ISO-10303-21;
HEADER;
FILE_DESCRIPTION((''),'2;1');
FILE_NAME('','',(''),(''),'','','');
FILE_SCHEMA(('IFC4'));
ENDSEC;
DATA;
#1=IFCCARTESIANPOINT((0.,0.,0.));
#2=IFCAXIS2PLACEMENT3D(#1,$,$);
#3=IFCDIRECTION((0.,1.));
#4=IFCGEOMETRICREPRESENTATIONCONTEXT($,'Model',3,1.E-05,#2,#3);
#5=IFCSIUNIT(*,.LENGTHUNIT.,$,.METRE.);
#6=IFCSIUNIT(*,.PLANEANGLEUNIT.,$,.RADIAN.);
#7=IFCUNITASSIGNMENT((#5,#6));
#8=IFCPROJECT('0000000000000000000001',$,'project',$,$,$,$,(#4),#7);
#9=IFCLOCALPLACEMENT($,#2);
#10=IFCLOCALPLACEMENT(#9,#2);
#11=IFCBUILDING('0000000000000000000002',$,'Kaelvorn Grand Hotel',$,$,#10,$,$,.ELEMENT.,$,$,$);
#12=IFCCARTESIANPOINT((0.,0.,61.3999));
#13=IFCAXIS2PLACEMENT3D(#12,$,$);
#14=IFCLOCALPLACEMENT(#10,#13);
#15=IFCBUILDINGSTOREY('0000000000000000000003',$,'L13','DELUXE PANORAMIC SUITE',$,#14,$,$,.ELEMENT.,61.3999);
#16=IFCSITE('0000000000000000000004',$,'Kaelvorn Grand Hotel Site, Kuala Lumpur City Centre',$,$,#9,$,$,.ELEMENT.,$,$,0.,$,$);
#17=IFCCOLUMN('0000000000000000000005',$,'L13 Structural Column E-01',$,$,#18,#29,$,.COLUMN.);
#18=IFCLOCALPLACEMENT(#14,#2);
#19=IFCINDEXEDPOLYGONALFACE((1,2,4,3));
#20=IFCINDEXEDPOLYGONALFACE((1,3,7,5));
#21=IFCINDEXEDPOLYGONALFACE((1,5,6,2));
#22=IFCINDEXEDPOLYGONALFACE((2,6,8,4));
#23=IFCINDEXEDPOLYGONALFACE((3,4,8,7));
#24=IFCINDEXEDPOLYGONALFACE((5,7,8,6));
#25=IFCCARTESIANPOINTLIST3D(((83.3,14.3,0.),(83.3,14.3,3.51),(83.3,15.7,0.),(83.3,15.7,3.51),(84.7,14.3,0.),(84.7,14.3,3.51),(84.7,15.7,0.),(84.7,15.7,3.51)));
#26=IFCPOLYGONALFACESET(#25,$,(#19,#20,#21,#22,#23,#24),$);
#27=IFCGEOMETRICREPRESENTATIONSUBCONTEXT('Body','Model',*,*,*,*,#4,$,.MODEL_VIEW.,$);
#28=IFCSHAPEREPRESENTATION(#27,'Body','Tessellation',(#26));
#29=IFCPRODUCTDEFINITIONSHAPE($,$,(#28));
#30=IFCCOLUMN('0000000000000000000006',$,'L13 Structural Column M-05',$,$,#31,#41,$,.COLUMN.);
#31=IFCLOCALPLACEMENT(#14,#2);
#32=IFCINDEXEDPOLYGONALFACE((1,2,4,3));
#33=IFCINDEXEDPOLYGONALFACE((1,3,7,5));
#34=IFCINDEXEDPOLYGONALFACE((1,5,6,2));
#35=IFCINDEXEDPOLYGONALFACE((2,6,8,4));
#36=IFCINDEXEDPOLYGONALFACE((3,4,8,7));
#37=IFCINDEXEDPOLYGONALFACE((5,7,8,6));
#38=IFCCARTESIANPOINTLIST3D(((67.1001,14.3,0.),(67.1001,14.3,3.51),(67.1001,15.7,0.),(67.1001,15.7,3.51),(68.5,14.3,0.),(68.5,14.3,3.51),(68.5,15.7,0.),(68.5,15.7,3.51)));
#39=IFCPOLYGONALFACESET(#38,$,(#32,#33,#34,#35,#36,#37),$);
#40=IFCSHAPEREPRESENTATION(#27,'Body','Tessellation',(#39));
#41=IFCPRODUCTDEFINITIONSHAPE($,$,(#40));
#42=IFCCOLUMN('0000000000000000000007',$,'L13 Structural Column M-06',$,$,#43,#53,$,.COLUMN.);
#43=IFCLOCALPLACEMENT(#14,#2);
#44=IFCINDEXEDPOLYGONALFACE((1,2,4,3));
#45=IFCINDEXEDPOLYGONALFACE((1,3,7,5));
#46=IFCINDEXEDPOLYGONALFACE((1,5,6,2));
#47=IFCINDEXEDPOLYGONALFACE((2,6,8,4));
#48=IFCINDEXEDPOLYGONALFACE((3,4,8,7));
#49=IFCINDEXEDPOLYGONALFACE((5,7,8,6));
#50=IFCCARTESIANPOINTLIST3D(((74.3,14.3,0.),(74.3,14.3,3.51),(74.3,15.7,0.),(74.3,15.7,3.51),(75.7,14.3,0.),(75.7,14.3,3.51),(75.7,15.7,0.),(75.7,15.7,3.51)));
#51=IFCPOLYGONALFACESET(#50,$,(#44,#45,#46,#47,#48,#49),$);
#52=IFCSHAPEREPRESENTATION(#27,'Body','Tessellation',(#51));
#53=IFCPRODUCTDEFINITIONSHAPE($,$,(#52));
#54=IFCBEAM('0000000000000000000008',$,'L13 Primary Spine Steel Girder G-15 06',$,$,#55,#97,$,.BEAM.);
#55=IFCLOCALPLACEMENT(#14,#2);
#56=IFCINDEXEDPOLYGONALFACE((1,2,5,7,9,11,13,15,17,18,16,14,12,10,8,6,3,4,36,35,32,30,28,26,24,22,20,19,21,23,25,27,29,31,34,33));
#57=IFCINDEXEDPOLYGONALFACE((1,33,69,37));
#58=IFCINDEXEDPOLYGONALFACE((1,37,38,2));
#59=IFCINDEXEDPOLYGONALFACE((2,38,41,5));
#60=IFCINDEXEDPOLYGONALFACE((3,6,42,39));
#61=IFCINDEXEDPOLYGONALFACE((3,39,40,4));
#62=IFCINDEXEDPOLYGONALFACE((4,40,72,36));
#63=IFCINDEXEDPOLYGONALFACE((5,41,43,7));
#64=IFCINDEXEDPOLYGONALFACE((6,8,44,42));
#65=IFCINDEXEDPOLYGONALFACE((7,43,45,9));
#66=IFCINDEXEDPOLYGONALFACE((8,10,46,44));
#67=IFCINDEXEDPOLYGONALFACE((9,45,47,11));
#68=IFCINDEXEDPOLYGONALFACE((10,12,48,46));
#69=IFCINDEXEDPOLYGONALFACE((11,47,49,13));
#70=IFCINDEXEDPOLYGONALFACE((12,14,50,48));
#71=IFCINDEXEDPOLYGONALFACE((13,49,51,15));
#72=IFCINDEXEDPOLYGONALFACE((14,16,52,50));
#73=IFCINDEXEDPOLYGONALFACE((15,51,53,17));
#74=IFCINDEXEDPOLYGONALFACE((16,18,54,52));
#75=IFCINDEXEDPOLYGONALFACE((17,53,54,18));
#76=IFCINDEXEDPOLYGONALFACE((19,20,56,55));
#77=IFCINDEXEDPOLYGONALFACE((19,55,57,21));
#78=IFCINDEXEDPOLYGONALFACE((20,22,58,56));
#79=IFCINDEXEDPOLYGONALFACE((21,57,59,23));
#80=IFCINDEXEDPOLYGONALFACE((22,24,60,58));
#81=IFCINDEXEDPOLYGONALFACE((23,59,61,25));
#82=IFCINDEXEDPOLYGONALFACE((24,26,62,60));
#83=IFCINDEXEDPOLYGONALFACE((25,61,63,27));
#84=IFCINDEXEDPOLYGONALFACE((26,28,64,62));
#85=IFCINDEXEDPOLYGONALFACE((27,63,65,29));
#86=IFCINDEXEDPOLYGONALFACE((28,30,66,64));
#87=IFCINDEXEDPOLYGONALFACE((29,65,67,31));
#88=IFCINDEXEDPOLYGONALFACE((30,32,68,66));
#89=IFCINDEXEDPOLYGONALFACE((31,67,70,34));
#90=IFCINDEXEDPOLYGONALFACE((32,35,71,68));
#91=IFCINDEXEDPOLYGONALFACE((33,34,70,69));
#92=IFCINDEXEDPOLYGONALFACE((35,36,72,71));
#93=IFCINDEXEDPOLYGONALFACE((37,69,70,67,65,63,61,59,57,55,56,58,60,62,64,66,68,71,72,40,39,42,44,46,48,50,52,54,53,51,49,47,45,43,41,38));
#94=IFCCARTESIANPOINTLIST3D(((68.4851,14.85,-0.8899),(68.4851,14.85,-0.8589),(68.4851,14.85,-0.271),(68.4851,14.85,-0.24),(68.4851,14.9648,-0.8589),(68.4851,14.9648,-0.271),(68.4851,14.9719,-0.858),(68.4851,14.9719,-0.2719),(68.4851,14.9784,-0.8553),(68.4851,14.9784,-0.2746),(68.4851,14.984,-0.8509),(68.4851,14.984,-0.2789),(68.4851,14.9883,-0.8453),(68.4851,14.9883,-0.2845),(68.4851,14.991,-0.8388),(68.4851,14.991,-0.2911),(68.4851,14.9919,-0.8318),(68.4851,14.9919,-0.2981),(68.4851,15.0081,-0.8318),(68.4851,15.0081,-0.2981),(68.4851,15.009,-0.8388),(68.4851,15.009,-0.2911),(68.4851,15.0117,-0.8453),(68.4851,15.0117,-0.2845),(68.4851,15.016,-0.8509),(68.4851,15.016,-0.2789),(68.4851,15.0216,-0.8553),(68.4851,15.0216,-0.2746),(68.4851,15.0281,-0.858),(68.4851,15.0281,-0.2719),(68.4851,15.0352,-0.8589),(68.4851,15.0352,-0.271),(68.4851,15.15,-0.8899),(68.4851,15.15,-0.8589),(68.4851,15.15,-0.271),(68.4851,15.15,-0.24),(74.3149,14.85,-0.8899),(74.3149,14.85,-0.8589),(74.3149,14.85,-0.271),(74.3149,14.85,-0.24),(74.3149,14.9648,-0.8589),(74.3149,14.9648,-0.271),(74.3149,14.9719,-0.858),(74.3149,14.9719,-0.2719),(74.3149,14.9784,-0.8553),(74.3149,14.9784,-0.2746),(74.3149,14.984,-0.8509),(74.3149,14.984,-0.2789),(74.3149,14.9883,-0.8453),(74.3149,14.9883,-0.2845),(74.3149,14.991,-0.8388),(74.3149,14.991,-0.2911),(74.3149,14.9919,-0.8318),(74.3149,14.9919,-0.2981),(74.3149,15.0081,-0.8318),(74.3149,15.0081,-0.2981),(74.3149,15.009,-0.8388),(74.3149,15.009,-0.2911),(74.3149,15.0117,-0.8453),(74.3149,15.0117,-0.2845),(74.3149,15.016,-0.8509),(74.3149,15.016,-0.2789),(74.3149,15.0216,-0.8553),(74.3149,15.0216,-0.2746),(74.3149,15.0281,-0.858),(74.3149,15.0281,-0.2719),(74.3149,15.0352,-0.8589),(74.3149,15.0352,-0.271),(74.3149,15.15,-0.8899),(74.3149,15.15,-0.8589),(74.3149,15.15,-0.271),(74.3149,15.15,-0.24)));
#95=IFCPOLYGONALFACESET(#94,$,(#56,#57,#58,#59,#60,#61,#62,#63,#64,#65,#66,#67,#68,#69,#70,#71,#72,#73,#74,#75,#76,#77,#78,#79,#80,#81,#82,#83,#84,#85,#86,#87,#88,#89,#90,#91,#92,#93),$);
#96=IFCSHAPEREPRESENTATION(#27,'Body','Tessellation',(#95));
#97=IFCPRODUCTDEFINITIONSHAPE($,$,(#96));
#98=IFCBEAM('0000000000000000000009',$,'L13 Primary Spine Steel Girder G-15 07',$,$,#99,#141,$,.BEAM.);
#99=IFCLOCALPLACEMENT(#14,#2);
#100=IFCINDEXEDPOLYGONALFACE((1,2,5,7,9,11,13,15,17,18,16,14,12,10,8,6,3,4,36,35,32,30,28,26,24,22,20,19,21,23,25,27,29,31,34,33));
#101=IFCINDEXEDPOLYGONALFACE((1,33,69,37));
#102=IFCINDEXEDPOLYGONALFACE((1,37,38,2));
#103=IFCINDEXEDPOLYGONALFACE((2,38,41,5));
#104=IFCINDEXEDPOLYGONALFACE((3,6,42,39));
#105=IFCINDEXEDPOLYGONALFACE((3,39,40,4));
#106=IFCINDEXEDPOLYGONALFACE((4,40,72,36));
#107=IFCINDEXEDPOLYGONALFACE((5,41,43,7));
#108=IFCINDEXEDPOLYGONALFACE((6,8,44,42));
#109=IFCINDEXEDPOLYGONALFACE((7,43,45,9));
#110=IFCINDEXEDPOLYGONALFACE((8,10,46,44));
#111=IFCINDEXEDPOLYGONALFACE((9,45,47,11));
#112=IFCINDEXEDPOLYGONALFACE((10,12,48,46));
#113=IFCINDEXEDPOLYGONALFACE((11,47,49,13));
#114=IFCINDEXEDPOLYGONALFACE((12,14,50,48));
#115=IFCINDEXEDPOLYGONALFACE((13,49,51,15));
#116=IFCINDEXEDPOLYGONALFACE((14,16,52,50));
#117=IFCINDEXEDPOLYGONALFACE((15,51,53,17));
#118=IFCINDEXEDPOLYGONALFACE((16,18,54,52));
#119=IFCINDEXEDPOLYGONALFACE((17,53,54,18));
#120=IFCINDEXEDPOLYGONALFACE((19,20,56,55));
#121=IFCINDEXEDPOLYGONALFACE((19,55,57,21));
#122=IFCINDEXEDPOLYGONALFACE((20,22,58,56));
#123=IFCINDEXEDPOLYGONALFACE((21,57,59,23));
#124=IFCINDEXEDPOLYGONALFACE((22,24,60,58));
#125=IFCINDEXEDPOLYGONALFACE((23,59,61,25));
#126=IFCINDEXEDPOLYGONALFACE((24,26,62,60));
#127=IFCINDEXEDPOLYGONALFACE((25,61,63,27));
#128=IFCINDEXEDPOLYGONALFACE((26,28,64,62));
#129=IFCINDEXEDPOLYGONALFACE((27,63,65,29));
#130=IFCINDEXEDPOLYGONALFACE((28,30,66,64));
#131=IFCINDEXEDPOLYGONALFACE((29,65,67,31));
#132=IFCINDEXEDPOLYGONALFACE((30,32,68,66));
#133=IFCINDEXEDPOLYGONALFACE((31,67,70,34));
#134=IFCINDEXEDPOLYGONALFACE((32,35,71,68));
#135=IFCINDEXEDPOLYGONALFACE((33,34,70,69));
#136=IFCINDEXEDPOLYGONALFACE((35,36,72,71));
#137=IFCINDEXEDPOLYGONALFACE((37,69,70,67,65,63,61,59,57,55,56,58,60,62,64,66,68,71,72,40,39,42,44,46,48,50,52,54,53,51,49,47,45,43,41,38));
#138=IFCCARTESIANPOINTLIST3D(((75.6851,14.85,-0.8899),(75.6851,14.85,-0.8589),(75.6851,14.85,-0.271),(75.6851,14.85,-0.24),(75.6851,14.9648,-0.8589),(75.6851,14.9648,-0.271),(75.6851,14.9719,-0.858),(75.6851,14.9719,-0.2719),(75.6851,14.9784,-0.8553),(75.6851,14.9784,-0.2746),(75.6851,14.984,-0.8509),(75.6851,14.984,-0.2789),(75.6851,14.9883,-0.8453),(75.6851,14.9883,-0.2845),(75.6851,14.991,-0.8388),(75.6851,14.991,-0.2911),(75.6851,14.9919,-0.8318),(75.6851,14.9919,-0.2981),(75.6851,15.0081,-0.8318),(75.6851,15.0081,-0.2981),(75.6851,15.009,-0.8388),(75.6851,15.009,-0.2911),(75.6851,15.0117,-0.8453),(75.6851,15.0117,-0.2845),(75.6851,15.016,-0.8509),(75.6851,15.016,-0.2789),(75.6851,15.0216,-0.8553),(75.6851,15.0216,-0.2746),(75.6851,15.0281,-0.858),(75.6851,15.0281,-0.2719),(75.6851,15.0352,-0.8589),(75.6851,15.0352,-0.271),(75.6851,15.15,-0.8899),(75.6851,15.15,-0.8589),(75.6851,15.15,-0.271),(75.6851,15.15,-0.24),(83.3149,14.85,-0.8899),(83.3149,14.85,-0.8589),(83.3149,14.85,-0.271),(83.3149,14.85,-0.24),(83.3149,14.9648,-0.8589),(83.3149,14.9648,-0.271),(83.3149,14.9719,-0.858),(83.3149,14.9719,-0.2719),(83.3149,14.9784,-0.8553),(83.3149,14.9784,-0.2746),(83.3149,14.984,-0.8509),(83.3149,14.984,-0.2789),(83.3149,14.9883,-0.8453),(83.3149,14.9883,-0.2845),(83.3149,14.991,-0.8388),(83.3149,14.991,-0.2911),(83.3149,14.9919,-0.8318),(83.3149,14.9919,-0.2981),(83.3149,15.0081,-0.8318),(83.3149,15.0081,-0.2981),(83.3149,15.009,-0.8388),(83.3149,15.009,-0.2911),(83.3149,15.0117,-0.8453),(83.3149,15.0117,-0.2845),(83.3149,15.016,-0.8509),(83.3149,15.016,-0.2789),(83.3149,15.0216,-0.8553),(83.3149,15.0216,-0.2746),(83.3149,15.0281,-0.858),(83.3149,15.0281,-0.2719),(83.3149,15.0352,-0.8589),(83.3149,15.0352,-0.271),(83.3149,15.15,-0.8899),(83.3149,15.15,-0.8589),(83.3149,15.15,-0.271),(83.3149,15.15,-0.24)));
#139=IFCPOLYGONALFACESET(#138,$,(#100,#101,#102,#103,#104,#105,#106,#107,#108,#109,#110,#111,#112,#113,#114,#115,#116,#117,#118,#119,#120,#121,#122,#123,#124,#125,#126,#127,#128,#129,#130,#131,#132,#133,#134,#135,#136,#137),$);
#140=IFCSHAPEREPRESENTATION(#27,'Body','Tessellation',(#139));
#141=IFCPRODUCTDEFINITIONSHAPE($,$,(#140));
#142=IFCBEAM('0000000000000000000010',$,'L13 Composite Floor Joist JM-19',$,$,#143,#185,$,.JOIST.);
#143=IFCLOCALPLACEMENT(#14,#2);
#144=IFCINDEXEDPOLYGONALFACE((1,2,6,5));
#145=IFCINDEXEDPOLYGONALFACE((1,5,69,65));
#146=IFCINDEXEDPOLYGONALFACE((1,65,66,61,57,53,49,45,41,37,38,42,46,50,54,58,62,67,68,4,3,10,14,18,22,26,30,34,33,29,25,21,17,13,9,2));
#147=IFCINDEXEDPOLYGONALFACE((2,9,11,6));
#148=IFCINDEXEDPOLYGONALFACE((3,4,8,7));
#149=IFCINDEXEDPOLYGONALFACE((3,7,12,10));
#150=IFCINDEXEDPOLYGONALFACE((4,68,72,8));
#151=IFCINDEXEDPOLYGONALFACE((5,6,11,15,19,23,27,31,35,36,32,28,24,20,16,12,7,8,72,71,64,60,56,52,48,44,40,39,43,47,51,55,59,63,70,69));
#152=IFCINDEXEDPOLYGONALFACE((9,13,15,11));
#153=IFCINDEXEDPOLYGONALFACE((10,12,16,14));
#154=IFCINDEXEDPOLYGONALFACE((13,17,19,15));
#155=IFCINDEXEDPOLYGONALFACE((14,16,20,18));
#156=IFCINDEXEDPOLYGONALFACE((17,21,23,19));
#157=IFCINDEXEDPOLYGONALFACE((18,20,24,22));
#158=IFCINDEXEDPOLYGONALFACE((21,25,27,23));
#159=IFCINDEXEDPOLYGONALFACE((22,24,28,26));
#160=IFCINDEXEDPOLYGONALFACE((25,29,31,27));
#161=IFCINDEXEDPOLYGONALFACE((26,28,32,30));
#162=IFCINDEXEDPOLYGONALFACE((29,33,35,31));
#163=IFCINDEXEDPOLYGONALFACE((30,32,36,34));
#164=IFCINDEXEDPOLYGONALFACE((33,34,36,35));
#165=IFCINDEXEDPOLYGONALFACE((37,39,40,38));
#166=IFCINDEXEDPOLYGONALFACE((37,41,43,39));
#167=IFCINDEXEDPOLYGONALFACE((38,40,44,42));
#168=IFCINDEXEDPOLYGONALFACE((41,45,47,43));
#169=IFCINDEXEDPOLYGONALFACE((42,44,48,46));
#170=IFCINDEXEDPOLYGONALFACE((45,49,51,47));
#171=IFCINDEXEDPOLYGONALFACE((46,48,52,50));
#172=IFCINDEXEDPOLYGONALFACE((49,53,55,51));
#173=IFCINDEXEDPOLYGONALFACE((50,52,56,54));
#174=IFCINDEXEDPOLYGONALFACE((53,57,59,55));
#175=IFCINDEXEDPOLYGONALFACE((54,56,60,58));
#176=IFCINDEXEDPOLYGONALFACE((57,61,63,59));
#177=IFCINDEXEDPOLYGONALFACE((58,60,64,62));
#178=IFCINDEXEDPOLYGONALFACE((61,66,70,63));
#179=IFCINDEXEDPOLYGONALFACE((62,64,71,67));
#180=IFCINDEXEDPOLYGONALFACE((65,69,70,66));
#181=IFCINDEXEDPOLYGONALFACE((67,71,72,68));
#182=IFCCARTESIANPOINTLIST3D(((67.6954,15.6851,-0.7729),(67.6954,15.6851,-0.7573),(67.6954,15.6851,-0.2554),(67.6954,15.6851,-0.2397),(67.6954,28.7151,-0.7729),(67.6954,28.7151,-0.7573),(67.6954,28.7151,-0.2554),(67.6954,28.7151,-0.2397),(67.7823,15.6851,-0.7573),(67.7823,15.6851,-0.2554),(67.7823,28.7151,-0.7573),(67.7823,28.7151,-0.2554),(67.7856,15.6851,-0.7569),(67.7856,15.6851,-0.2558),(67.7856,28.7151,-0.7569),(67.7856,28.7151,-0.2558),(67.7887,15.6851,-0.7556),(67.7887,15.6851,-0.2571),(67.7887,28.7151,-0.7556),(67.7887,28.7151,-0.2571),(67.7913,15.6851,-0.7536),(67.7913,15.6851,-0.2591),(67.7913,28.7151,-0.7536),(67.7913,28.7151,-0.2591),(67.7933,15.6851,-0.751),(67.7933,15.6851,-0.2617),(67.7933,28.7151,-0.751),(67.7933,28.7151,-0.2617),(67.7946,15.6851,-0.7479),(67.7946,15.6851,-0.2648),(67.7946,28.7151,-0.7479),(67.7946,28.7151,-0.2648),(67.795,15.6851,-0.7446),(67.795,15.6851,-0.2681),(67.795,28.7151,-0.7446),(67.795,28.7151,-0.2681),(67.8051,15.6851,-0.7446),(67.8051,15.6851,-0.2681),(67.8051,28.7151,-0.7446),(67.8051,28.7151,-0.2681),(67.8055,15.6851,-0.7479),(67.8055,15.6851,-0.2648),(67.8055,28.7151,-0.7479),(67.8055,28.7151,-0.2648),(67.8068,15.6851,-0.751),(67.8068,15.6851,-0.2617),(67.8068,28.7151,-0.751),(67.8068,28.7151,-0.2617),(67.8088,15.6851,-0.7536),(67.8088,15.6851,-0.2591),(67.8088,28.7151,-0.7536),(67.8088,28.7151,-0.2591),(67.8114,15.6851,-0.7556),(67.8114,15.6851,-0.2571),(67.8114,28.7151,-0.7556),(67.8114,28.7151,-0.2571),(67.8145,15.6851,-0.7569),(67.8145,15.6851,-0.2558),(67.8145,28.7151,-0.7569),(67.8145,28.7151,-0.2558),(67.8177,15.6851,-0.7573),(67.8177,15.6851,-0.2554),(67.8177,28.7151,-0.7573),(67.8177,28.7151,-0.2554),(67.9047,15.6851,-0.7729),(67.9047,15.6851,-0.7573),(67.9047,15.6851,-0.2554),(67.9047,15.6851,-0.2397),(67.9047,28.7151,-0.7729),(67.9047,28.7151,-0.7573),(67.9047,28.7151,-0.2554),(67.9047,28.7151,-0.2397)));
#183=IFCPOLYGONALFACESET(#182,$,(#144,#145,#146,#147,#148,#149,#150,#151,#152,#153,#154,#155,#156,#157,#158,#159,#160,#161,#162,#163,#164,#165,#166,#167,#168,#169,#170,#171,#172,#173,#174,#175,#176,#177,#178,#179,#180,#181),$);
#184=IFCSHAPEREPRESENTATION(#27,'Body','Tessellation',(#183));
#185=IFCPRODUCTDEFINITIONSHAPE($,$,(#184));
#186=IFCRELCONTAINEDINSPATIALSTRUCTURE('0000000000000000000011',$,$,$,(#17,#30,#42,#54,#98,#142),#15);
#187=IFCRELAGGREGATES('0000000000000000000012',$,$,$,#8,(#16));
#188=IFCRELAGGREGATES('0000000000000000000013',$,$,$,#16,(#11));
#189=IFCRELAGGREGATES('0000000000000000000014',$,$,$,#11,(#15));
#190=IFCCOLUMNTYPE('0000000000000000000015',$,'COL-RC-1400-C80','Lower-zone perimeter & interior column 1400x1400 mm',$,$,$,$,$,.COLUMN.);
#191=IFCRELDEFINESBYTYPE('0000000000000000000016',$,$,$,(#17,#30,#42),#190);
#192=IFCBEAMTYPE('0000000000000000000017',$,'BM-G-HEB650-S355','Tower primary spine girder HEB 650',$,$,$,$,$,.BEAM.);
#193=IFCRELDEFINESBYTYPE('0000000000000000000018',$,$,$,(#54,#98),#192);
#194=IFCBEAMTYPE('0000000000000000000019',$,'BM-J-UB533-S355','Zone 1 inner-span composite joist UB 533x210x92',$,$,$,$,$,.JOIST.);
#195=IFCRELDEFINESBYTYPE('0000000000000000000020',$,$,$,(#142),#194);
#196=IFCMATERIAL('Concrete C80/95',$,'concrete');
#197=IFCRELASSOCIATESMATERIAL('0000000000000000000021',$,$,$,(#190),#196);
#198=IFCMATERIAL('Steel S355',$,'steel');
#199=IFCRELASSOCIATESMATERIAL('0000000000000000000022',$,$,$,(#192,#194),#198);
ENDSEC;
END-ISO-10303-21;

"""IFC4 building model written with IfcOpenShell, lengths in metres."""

from ifc_helpers import new_model, si_unit, direction, frame, origin, origin_2d, place, context, subcontext, project, spatial, rectangle, i_section, extrude, material, material_profile, profile_set, type_object, element, save


model = new_model("IFC4")

# Units and contexts
model_context = context("Model", 3, precision=1e-05, world=origin(), true_north=direction((0.0, 1.0)))
body_context = subcontext(model_context, "Body", "Model", "MODEL_VIEW")
ifc_project = project(units=[si_unit("LENGTHUNIT", "METRE"), si_unit("PLANEANGLEUNIT", "RADIAN")], contexts=[model_context])

# Site, building, storey
site_placement = place(None, origin())
site = spatial("IfcSite", under=ifc_project, at=site_placement, Name="Kaelvorn Grand Hotel Site, Kuala Lumpur City Centre", CompositionType="ELEMENT", RefElevation=0.0)
building_placement = place(site_placement, origin())
building = spatial("IfcBuilding", under=site, at=building_placement, Name="Kaelvorn Grand Hotel", CompositionType="ELEMENT")
storey_placement = place(building_placement, frame((0.0, 0.0, 61.3999)))
storey = spatial("IfcBuildingStorey", under=building, at=storey_placement, Name="L13", Description="DELUXE PANORAMIC SUITE", CompositionType="ELEMENT", Elevation=61.3999)

# Columns
ifc_material_1 = material(Name="Concrete C80/95", Category="concrete")
ifc_material_profile_1 = material_profile(ifc_material_1, rectangle(XDim=1.3999, YDim=1.3999, at=origin_2d()), Name="RC COL 1400x1400")
ifc_profile_set_1 = profile_set([ifc_material_profile_1], Name="Concrete C80/95")
column_type = type_object("IfcColumnType", Name="COL-RC-1400-C80", Description="Lower-zone perimeter & interior column 1400x1400 mm", PredefinedType="COLUMN", material=ifc_profile_set_1)
for number, where, z_axis, x_axis, name in (
    (1, (84.0, 15.0, 0.0), (0.0, 0.0, 1.0), (1.0, 0.0, 0.0), "L13 Structural Column E-01"),
    (2, (67.8, 15.0, 0.0), (0.0, 0.0, 1.0), (1.0, 0.0, 0.0), "L13 Structural Column M-05"),
    (3, (75.0, 15.0, 0.0), (0.0, 0.0, 1.0), (1.0, 0.0, 0.0), "L13 Structural Column M-06"),
):
    element("IfcColumn", number, at=place(storey_placement, frame(where, z_axis=z_axis, x_axis=x_axis)), inside=storey, type_object=column_type, Name=name, PredefinedType="COLUMN", context=body_context, shape_type="SweptSolid", body=[
        extrude(rectangle(XDim=1.3999, YDim=1.3999, at=origin_2d()), origin(), (0.0, 0.0, 1.0), 3.51),
    ])

# Beams
ifc_material_2 = material(Name="Steel S355", Category="steel")
ifc_material_profile_2 = material_profile(ifc_material_2, i_section(OverallWidth=0.3, OverallDepth=0.6499, WebThickness=0.0161, FlangeThickness=0.031, FilletRadius=0.0271, at=origin_2d()), Name="HEB 650")
ifc_profile_set_2 = profile_set([ifc_material_profile_2], Name="Steel S355")
beam_type_1 = type_object("IfcBeamType", Name="BM-G-HEB650-S355", Description="Tower primary spine girder HEB 650", PredefinedType="BEAM", material=ifc_profile_set_2)
beam_1_placement = place(storey_placement, frame((68.4851, 15.0, -0.5649), z_axis=(1.0, 0.0, 0.0), x_axis=(0.0, 1.0, 0.0)))
element("IfcBeam", 4, at=beam_1_placement, inside=storey, type_object=beam_type_1, Name="L13 Primary Spine Steel Girder G-15 06", PredefinedType="BEAM", context=body_context, shape_type="SweptSolid", body=[
    extrude(i_section(OverallWidth=0.3, OverallDepth=0.6499, WebThickness=0.0161, FlangeThickness=0.031, FilletRadius=0.0271, at=origin_2d()), origin(), (0.0, 0.0, 1.0), 5.8298),
])
beam_2_placement = place(storey_placement, frame((75.6851, 15.0, -0.5649), z_axis=(1.0, 0.0, 0.0), x_axis=(0.0, 1.0, 0.0)))
element("IfcBeam", 5, at=beam_2_placement, inside=storey, type_object=beam_type_1, Name="L13 Primary Spine Steel Girder G-15 07", PredefinedType="BEAM", context=body_context, shape_type="SweptSolid", body=[
    extrude(i_section(OverallWidth=0.3, OverallDepth=0.6499, WebThickness=0.0161, FlangeThickness=0.031, FilletRadius=0.0271, at=origin_2d()), origin(), (0.0, 0.0, 1.0), 7.6299),
])
ifc_material_profile_3 = material_profile(ifc_material_2, i_section(OverallWidth=0.2092, OverallDepth=0.5332, WebThickness=0.01, FlangeThickness=0.0156, FilletRadius=0.0127, at=origin_2d()), Name="UB 533x210x92")
ifc_profile_set_3 = profile_set([ifc_material_profile_3], Name="Steel S355")
beam_type_2 = type_object("IfcBeamType", Name="BM-J-UB533-S355", Description="Zone 1 inner-span composite joist UB 533x210x92", PredefinedType="JOIST", material=ifc_profile_set_3)
beam_3_placement = place(storey_placement, frame((67.8, 15.6851, -0.5063), z_axis=(0.0, 1.0, 0.0), x_axis=(-1.0, 0.0, 0.0)))
element("IfcBeam", 6, at=beam_3_placement, inside=storey, type_object=beam_type_2, Name="L13 Composite Floor Joist JM-19", PredefinedType="JOIST", context=body_context, shape_type="SweptSolid", body=[
    extrude(i_section(OverallWidth=0.2092, OverallDepth=0.5332, WebThickness=0.01, FlangeThickness=0.0156, FilletRadius=0.0127, at=origin_2d()), origin(), (0.0, 0.0, 1.0), 13.03),
])

save(model, "model.ifc")
